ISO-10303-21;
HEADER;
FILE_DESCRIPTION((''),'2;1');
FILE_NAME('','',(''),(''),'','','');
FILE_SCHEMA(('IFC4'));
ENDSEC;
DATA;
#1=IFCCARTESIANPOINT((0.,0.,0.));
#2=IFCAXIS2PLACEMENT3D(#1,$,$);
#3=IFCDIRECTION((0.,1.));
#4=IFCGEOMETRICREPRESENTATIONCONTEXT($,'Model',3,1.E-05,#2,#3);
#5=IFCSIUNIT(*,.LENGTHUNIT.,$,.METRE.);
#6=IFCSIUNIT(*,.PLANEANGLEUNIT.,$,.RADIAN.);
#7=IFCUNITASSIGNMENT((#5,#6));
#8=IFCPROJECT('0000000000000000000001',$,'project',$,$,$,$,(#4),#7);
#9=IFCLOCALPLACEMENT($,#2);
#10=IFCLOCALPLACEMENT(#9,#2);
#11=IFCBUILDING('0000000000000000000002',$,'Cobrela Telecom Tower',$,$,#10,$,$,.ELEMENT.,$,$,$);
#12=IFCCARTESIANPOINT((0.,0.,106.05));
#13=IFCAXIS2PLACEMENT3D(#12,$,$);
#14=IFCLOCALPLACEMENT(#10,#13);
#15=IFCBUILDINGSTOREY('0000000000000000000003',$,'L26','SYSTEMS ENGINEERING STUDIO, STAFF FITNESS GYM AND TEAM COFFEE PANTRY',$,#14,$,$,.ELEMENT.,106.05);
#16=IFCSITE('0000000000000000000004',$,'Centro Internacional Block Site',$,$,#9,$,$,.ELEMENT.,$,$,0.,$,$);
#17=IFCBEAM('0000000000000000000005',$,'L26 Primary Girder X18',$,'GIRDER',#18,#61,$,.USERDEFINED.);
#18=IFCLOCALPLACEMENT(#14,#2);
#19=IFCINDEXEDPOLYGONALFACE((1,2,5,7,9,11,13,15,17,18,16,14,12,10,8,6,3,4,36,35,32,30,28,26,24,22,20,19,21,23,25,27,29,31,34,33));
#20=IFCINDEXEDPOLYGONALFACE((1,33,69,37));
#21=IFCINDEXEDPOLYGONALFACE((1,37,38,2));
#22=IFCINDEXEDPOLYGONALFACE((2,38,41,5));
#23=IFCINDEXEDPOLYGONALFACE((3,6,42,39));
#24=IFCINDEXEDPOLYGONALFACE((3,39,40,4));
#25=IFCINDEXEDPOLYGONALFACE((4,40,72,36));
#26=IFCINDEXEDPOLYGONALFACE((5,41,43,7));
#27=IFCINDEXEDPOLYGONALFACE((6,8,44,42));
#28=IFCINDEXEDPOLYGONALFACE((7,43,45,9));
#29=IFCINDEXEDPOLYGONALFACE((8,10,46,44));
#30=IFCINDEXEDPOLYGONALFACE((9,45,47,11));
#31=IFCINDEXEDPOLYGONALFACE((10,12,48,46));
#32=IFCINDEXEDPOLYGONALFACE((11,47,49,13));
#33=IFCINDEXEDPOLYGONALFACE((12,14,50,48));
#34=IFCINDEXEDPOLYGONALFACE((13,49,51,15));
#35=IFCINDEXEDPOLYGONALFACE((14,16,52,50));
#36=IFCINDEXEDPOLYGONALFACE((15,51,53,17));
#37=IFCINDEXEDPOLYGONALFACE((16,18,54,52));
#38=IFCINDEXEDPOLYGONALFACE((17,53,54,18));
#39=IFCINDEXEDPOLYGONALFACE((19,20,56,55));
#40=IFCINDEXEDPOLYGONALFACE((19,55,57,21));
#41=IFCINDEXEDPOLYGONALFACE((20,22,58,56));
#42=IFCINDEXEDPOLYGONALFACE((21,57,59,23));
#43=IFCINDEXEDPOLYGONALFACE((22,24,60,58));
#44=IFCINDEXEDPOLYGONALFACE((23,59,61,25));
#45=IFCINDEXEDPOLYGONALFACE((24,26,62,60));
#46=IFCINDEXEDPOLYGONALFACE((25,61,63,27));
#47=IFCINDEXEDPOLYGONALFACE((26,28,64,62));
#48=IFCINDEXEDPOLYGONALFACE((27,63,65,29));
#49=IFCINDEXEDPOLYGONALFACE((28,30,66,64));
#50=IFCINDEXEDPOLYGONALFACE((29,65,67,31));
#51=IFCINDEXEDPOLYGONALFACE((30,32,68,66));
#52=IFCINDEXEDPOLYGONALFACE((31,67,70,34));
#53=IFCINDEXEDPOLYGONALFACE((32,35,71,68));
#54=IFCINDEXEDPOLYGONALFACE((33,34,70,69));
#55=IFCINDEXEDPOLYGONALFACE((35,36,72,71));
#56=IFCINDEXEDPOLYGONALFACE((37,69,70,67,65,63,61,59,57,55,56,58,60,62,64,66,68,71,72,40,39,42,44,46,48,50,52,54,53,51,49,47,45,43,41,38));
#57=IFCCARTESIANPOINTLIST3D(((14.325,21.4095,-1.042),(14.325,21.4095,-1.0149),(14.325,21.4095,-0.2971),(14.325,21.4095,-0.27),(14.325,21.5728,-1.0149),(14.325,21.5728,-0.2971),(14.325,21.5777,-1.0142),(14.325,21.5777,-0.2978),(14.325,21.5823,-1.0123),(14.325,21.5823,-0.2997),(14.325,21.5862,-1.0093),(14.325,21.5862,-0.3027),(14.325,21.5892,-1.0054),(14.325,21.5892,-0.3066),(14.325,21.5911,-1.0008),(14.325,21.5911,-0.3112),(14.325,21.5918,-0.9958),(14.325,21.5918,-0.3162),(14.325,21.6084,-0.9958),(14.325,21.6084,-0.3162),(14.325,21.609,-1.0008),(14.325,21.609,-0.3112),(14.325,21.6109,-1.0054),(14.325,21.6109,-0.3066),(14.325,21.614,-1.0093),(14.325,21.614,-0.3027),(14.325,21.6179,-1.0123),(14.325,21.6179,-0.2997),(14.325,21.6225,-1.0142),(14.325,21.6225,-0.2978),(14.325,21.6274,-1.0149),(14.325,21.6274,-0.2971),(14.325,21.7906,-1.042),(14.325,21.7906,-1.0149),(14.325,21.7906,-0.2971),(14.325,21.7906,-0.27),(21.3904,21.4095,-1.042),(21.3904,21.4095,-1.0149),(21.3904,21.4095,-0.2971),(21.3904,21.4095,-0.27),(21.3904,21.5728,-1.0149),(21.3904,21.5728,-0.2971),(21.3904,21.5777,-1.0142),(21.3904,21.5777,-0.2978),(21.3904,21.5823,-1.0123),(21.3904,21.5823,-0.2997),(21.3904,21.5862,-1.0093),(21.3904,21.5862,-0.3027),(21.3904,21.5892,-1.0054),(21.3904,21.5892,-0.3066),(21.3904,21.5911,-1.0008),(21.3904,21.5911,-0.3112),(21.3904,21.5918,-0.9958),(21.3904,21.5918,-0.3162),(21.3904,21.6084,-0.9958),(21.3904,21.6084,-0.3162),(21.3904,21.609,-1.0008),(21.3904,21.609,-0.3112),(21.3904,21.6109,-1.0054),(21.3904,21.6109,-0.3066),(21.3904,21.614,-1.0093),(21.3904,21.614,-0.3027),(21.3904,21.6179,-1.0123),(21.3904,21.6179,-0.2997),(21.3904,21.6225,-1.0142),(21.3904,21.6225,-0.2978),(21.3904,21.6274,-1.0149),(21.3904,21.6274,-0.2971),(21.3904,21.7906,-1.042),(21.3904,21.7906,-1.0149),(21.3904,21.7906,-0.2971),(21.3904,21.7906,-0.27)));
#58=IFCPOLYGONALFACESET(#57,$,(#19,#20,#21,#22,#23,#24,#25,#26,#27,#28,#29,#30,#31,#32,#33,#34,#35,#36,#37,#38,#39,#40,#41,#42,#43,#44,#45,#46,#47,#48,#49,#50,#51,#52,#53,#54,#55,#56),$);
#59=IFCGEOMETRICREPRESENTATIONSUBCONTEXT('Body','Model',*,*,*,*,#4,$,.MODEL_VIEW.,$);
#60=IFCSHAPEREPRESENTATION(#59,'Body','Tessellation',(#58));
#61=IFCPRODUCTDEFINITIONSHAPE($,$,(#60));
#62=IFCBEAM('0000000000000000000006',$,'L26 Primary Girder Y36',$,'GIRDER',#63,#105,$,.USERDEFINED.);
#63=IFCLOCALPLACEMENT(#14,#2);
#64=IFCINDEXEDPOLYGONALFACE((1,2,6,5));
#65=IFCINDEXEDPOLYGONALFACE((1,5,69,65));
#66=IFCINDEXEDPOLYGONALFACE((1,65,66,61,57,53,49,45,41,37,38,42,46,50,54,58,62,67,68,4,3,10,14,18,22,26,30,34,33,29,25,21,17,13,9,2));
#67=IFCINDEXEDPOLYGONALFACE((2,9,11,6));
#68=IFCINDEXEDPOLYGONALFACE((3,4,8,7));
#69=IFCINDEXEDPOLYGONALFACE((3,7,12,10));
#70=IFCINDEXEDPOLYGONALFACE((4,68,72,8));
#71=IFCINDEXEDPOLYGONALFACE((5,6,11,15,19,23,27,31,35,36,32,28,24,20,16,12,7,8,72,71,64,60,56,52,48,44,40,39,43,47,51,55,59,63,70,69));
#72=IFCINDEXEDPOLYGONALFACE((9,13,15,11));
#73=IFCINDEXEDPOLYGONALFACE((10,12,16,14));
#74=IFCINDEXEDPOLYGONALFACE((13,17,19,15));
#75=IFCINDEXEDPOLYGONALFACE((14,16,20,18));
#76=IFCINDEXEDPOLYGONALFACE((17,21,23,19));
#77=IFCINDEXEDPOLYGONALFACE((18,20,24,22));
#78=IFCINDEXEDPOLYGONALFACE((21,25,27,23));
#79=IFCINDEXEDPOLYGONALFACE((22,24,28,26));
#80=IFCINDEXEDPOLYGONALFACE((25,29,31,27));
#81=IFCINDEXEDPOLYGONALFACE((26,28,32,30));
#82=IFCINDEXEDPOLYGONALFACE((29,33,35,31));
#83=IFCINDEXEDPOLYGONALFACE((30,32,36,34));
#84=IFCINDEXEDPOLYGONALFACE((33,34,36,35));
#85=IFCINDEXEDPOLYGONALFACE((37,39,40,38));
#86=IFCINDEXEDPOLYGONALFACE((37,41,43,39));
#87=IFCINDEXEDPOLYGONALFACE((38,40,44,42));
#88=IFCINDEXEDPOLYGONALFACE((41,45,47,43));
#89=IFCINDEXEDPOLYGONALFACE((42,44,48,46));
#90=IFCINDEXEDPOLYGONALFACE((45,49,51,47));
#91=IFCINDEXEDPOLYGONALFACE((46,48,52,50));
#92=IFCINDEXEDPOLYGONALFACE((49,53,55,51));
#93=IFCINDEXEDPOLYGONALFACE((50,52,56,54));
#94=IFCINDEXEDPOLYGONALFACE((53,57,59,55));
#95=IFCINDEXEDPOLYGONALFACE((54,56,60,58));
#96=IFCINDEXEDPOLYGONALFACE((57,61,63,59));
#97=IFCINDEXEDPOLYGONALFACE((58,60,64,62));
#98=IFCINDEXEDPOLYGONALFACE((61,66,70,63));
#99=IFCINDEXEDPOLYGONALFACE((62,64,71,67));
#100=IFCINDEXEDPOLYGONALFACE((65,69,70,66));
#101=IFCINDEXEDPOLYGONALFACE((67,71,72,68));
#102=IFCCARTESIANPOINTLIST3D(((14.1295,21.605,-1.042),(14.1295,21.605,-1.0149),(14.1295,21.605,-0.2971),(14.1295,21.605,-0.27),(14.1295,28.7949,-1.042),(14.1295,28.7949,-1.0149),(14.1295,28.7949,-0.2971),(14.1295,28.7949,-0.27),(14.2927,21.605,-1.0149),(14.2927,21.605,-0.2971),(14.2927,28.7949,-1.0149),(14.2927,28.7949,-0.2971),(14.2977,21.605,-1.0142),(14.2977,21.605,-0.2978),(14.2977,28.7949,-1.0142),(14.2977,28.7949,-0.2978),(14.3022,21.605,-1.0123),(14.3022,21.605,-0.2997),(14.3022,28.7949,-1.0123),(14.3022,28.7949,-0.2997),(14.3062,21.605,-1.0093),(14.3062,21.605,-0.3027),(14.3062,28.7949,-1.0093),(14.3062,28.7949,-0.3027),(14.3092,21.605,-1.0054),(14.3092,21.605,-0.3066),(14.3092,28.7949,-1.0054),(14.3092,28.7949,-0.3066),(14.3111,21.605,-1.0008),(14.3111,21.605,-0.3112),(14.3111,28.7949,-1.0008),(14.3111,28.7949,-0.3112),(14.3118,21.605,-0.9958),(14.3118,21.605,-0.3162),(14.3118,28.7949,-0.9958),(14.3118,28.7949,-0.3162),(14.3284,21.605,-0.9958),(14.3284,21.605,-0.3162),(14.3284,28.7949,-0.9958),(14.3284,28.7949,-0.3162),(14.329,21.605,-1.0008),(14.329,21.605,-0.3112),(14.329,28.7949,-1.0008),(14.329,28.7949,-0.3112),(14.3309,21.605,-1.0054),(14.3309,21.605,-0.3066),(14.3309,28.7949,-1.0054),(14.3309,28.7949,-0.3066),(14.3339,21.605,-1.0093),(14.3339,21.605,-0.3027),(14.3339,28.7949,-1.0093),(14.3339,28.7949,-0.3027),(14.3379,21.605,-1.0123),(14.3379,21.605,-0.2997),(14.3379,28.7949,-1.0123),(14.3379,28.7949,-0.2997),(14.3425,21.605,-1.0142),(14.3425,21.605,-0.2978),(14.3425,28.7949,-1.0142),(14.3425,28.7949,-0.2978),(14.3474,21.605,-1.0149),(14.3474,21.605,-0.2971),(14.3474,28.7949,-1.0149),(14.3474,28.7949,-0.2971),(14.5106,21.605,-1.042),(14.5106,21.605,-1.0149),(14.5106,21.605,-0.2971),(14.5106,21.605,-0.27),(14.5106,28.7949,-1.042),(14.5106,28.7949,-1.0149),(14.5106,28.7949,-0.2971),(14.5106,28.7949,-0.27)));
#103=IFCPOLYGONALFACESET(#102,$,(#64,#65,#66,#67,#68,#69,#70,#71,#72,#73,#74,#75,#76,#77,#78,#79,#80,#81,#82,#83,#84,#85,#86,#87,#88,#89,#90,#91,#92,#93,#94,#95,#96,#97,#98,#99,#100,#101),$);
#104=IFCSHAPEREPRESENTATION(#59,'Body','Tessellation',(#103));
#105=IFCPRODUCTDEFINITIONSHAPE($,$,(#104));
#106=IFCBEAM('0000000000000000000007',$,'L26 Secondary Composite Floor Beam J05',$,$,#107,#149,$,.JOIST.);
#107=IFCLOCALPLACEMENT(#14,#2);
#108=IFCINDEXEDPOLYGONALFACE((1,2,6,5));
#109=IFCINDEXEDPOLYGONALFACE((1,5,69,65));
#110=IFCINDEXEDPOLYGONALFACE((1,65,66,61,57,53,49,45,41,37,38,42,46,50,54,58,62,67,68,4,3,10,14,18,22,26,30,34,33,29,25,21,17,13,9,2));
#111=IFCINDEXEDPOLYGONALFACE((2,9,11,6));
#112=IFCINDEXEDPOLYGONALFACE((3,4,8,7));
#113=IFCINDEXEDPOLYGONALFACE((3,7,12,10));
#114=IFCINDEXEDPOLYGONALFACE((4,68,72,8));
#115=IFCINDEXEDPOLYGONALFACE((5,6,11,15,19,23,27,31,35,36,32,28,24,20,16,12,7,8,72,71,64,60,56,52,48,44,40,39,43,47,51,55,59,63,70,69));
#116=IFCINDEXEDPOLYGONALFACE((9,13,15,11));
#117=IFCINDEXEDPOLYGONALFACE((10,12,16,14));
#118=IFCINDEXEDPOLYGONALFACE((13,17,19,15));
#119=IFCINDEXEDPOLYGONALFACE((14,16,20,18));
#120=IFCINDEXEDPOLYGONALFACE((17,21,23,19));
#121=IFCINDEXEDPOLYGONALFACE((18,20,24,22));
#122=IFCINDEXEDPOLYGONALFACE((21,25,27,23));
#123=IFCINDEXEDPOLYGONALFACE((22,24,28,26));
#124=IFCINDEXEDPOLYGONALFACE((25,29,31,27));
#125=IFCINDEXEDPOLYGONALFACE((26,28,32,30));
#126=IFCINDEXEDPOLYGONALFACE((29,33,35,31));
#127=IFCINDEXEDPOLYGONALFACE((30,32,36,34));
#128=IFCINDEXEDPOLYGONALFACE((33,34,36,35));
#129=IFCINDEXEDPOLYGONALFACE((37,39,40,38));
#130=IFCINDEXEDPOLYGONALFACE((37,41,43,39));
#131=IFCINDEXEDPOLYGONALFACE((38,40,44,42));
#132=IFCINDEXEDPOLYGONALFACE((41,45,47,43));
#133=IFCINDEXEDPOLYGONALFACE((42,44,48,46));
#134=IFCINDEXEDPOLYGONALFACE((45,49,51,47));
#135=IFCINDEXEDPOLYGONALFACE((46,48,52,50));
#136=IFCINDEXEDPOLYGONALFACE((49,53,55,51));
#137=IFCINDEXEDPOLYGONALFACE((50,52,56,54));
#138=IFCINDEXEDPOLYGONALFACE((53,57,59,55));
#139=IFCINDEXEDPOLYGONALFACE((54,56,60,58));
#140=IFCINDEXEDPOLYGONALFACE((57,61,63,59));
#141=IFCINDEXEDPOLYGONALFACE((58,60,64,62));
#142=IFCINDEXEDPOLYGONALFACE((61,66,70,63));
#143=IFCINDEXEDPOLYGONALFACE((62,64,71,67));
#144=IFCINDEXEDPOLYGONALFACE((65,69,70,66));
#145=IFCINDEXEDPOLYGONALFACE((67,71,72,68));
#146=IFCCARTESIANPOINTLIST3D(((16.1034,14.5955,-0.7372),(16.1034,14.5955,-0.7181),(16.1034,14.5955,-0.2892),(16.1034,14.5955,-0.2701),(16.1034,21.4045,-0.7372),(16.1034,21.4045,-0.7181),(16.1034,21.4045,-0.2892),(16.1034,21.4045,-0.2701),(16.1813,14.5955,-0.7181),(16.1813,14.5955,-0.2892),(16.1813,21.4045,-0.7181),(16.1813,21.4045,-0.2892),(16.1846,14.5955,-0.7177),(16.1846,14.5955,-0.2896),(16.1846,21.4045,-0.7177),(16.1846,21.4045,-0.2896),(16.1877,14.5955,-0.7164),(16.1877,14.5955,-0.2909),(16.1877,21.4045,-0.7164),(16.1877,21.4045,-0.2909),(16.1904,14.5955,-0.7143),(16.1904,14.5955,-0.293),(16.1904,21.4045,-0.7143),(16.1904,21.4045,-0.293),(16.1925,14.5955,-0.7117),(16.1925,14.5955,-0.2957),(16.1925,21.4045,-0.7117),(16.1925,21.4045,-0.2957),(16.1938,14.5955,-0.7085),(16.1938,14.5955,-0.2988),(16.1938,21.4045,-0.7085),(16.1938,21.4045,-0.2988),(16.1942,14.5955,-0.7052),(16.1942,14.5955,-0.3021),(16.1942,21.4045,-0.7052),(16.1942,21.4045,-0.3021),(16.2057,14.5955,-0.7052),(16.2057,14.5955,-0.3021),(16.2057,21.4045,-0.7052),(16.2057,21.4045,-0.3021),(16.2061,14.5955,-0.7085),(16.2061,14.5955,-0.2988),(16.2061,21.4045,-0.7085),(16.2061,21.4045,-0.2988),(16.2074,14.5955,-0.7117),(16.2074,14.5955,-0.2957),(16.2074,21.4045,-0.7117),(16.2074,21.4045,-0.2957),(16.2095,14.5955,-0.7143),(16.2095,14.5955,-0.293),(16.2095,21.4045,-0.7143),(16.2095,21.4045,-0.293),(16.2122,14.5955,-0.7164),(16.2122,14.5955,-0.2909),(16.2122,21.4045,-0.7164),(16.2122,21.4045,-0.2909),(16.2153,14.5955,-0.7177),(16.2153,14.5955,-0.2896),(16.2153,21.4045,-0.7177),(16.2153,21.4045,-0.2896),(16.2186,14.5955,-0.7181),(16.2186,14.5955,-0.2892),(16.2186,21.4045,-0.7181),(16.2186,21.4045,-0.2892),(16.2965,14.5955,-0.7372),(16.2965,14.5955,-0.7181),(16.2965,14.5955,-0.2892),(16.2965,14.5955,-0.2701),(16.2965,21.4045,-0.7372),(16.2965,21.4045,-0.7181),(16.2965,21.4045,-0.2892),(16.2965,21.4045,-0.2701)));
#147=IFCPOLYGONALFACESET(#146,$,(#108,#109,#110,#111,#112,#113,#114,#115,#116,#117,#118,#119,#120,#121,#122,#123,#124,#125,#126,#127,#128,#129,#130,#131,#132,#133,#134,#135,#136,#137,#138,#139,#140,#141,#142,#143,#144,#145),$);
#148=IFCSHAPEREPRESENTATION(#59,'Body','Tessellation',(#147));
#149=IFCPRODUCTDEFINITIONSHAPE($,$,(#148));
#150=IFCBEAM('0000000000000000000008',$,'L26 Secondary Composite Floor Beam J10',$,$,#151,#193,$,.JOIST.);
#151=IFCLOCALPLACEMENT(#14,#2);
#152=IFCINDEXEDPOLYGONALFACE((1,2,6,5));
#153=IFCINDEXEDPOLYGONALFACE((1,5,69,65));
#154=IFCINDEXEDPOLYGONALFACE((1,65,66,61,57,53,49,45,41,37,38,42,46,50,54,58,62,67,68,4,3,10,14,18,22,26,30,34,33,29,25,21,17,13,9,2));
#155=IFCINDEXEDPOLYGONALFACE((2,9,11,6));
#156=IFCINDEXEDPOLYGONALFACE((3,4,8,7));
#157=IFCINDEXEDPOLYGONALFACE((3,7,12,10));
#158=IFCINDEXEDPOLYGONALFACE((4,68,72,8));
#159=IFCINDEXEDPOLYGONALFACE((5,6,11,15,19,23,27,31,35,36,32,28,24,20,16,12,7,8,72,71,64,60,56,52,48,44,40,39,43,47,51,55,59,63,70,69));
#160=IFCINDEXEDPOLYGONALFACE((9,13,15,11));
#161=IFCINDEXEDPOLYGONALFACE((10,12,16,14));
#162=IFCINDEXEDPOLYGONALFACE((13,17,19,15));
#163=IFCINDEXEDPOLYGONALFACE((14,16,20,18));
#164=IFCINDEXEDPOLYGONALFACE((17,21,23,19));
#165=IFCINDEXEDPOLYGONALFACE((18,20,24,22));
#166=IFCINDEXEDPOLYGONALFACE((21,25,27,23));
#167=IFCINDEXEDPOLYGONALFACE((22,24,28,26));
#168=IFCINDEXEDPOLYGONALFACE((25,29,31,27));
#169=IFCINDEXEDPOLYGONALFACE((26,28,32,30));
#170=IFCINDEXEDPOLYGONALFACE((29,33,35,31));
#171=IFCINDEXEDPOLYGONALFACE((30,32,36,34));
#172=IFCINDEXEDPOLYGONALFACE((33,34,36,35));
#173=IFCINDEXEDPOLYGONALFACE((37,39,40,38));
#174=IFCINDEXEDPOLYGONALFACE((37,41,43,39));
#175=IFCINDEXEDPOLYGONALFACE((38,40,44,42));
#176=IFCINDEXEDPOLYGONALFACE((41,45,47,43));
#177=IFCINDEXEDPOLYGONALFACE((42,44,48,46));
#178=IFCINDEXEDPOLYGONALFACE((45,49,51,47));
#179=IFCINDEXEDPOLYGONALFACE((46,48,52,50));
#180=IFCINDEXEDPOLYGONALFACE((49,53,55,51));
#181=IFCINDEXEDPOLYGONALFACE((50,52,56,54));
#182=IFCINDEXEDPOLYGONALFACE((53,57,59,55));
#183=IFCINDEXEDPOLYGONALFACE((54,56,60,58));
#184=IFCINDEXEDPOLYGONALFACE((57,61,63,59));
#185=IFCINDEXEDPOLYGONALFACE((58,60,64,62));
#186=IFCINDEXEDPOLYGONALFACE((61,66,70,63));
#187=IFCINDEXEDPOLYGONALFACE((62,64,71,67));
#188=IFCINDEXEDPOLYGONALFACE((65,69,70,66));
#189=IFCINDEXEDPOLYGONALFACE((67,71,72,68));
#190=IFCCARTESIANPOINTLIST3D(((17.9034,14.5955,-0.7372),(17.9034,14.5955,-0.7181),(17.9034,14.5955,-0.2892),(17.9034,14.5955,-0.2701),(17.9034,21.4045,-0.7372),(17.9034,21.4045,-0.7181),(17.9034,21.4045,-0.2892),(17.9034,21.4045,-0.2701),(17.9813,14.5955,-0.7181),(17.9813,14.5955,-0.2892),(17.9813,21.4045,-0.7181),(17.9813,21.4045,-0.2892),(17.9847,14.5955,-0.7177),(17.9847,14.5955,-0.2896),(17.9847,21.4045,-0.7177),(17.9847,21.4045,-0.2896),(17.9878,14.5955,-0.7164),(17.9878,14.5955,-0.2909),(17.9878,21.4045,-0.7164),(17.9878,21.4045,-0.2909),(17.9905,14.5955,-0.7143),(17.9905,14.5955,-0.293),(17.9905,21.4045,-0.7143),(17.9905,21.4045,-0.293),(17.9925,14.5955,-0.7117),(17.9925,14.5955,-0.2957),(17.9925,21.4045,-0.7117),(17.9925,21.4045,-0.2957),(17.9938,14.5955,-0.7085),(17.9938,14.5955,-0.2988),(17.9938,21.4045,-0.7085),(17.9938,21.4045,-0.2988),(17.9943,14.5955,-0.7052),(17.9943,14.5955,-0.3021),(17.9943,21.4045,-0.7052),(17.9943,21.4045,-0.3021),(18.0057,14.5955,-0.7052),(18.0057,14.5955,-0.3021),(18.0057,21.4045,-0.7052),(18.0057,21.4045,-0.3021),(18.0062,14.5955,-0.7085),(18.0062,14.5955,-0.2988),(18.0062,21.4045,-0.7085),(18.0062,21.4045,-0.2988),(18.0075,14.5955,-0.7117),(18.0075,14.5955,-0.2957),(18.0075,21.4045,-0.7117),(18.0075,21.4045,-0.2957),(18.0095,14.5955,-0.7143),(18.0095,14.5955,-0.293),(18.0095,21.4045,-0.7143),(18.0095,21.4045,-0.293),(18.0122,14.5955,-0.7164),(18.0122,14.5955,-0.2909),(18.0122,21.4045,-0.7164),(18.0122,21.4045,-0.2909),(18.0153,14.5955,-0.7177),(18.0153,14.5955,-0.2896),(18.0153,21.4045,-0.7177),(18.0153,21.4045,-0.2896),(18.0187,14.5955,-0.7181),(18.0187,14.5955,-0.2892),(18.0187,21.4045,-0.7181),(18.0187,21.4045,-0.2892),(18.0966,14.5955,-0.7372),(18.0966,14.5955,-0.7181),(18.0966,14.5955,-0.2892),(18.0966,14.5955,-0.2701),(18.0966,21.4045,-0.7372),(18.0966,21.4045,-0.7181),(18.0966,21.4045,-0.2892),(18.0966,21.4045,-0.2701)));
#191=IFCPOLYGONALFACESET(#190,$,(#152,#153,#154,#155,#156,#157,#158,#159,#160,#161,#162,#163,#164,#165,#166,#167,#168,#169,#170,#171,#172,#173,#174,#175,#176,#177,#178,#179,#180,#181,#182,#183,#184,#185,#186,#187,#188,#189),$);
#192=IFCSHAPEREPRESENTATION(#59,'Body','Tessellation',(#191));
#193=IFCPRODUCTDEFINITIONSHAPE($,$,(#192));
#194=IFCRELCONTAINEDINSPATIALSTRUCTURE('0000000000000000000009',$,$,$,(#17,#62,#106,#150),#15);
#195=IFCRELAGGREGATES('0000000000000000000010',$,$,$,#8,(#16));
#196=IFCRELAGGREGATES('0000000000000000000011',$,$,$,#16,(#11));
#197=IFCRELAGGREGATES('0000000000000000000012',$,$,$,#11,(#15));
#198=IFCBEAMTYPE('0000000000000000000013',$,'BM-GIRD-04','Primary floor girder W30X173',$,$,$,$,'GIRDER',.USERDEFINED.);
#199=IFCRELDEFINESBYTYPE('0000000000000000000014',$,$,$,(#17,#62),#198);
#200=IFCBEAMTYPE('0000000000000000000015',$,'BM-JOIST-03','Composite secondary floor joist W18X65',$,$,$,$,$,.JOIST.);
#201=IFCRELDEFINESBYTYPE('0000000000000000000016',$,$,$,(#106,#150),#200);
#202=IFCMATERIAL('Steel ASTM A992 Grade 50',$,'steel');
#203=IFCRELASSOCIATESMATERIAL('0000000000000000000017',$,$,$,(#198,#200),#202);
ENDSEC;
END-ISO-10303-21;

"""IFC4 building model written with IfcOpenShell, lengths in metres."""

from ifc_helpers import new_model, si_unit, direction, frame, origin, origin_2d, place, context, subcontext, project, spatial, i_section, extrude, material, material_profile, profile_set, type_object, element, save


model = new_model("IFC4")

# Units and contexts
model_context = context("Model", 3, precision=1e-05, world=origin(), true_north=direction((0.0, 1.0)))
body_context = subcontext(model_context, "Body", "Model", "MODEL_VIEW")
ifc_project = project(units=[si_unit("LENGTHUNIT", "METRE"), si_unit("PLANEANGLEUNIT", "RADIAN")], contexts=[model_context])

# Site, building, storey
site_placement = place(None, origin())
site = spatial("IfcSite", under=ifc_project, at=site_placement, Name="Centro Internacional Block Site", CompositionType="ELEMENT", RefElevation=0.0)
building_placement = place(site_placement, origin())
building = spatial("IfcBuilding", under=site, at=building_placement, Name="Cobrela Telecom Tower", CompositionType="ELEMENT")
storey_placement = place(building_placement, frame((0.0, 0.0, 106.05)))
storey = spatial("IfcBuildingStorey", under=building, at=storey_placement, Name="L26", Description="SYSTEMS ENGINEERING STUDIO, STAFF FITNESS GYM AND TEAM COFFEE PANTRY", CompositionType="ELEMENT", Elevation=106.05)

# Beams
ifc_material_1 = material(Name="Steel ASTM A992 Grade 50", Category="steel")
ifc_material_profile_1 = material_profile(ifc_material_1, i_section(OverallWidth=0.3811, OverallDepth=0.772, WebThickness=0.0166, FlangeThickness=0.0271, FilletRadius=0.019, at=origin_2d()), Name="W30X173")
ifc_profile_set_1 = profile_set([ifc_material_profile_1], Name="Steel ASTM A992 Grade 50")
beam_type_1 = type_object("IfcBeamType", Name="BM-GIRD-04", Description="Primary floor girder W30X173", ElementType="GIRDER", PredefinedType="USERDEFINED", material=ifc_profile_set_1)
beam_1_placement = place(storey_placement, frame((14.325, 21.6001, -0.656), z_axis=(1.0, 0.0, 0.0), x_axis=(0.0, 1.0, 0.0)))
element("IfcBeam", 1, at=beam_1_placement, inside=storey, type_object=beam_type_1, Name="L26 Primary Girder X18", ObjectType="GIRDER", PredefinedType="USERDEFINED", context=body_context, shape_type="SweptSolid", body=[
    extrude(i_section(OverallWidth=0.3811, OverallDepth=0.772, WebThickness=0.0166, FlangeThickness=0.0271, FilletRadius=0.019, at=origin_2d()), origin(), (0.0, 0.0, 1.0), 7.0654),
])
beam_2_placement = place(storey_placement, frame((14.3201, 21.605, -0.656), z_axis=(0.0, 1.0, 0.0), x_axis=(-1.0, 0.0, 0.0)))
element("IfcBeam", 2, at=beam_2_placement, inside=storey, type_object=beam_type_1, Name="L26 Primary Girder Y36", ObjectType="GIRDER", PredefinedType="USERDEFINED", context=body_context, shape_type="SweptSolid", body=[
    extrude(i_section(OverallWidth=0.3811, OverallDepth=0.772, WebThickness=0.0166, FlangeThickness=0.0271, FilletRadius=0.019, at=origin_2d()), origin(), (0.0, 0.0, 1.0), 7.1899),
])
ifc_material_profile_2 = material_profile(ifc_material_1, i_section(OverallWidth=0.1931, OverallDepth=0.467, WebThickness=0.0115, FlangeThickness=0.019, FilletRadius=0.0129, at=origin_2d()), Name="W18X65")
ifc_profile_set_2 = profile_set([ifc_material_profile_2], Name="Steel ASTM A992 Grade 50")
beam_type_2 = type_object("IfcBeamType", Name="BM-JOIST-03", Description="Composite secondary floor joist W18X65", PredefinedType="JOIST", material=ifc_profile_set_2)
for number, where, z_axis, x_axis, name in (
    (3, (16.2, 14.5955, -0.5037), (0.0, 1.0, 0.0), (-1.0, 0.0, 0.0), "L26 Secondary Composite Floor Beam J05"),
    (4, (18.0, 14.5955, -0.5037), (0.0, 1.0, 0.0), (-1.0, 0.0, 0.0), "L26 Secondary Composite Floor Beam J10"),
):
    element("IfcBeam", number, at=place(storey_placement, frame(where, z_axis=z_axis, x_axis=x_axis)), inside=storey, type_object=beam_type_2, Name=name, PredefinedType="JOIST", context=body_context, shape_type="SweptSolid", body=[
        extrude(i_section(OverallWidth=0.1931, OverallDepth=0.467, WebThickness=0.0115, FlangeThickness=0.019, FilletRadius=0.0129, at=origin_2d()), origin(), (0.0, 0.0, 1.0), 6.8091),
    ])

save(model, "model.ifc")
